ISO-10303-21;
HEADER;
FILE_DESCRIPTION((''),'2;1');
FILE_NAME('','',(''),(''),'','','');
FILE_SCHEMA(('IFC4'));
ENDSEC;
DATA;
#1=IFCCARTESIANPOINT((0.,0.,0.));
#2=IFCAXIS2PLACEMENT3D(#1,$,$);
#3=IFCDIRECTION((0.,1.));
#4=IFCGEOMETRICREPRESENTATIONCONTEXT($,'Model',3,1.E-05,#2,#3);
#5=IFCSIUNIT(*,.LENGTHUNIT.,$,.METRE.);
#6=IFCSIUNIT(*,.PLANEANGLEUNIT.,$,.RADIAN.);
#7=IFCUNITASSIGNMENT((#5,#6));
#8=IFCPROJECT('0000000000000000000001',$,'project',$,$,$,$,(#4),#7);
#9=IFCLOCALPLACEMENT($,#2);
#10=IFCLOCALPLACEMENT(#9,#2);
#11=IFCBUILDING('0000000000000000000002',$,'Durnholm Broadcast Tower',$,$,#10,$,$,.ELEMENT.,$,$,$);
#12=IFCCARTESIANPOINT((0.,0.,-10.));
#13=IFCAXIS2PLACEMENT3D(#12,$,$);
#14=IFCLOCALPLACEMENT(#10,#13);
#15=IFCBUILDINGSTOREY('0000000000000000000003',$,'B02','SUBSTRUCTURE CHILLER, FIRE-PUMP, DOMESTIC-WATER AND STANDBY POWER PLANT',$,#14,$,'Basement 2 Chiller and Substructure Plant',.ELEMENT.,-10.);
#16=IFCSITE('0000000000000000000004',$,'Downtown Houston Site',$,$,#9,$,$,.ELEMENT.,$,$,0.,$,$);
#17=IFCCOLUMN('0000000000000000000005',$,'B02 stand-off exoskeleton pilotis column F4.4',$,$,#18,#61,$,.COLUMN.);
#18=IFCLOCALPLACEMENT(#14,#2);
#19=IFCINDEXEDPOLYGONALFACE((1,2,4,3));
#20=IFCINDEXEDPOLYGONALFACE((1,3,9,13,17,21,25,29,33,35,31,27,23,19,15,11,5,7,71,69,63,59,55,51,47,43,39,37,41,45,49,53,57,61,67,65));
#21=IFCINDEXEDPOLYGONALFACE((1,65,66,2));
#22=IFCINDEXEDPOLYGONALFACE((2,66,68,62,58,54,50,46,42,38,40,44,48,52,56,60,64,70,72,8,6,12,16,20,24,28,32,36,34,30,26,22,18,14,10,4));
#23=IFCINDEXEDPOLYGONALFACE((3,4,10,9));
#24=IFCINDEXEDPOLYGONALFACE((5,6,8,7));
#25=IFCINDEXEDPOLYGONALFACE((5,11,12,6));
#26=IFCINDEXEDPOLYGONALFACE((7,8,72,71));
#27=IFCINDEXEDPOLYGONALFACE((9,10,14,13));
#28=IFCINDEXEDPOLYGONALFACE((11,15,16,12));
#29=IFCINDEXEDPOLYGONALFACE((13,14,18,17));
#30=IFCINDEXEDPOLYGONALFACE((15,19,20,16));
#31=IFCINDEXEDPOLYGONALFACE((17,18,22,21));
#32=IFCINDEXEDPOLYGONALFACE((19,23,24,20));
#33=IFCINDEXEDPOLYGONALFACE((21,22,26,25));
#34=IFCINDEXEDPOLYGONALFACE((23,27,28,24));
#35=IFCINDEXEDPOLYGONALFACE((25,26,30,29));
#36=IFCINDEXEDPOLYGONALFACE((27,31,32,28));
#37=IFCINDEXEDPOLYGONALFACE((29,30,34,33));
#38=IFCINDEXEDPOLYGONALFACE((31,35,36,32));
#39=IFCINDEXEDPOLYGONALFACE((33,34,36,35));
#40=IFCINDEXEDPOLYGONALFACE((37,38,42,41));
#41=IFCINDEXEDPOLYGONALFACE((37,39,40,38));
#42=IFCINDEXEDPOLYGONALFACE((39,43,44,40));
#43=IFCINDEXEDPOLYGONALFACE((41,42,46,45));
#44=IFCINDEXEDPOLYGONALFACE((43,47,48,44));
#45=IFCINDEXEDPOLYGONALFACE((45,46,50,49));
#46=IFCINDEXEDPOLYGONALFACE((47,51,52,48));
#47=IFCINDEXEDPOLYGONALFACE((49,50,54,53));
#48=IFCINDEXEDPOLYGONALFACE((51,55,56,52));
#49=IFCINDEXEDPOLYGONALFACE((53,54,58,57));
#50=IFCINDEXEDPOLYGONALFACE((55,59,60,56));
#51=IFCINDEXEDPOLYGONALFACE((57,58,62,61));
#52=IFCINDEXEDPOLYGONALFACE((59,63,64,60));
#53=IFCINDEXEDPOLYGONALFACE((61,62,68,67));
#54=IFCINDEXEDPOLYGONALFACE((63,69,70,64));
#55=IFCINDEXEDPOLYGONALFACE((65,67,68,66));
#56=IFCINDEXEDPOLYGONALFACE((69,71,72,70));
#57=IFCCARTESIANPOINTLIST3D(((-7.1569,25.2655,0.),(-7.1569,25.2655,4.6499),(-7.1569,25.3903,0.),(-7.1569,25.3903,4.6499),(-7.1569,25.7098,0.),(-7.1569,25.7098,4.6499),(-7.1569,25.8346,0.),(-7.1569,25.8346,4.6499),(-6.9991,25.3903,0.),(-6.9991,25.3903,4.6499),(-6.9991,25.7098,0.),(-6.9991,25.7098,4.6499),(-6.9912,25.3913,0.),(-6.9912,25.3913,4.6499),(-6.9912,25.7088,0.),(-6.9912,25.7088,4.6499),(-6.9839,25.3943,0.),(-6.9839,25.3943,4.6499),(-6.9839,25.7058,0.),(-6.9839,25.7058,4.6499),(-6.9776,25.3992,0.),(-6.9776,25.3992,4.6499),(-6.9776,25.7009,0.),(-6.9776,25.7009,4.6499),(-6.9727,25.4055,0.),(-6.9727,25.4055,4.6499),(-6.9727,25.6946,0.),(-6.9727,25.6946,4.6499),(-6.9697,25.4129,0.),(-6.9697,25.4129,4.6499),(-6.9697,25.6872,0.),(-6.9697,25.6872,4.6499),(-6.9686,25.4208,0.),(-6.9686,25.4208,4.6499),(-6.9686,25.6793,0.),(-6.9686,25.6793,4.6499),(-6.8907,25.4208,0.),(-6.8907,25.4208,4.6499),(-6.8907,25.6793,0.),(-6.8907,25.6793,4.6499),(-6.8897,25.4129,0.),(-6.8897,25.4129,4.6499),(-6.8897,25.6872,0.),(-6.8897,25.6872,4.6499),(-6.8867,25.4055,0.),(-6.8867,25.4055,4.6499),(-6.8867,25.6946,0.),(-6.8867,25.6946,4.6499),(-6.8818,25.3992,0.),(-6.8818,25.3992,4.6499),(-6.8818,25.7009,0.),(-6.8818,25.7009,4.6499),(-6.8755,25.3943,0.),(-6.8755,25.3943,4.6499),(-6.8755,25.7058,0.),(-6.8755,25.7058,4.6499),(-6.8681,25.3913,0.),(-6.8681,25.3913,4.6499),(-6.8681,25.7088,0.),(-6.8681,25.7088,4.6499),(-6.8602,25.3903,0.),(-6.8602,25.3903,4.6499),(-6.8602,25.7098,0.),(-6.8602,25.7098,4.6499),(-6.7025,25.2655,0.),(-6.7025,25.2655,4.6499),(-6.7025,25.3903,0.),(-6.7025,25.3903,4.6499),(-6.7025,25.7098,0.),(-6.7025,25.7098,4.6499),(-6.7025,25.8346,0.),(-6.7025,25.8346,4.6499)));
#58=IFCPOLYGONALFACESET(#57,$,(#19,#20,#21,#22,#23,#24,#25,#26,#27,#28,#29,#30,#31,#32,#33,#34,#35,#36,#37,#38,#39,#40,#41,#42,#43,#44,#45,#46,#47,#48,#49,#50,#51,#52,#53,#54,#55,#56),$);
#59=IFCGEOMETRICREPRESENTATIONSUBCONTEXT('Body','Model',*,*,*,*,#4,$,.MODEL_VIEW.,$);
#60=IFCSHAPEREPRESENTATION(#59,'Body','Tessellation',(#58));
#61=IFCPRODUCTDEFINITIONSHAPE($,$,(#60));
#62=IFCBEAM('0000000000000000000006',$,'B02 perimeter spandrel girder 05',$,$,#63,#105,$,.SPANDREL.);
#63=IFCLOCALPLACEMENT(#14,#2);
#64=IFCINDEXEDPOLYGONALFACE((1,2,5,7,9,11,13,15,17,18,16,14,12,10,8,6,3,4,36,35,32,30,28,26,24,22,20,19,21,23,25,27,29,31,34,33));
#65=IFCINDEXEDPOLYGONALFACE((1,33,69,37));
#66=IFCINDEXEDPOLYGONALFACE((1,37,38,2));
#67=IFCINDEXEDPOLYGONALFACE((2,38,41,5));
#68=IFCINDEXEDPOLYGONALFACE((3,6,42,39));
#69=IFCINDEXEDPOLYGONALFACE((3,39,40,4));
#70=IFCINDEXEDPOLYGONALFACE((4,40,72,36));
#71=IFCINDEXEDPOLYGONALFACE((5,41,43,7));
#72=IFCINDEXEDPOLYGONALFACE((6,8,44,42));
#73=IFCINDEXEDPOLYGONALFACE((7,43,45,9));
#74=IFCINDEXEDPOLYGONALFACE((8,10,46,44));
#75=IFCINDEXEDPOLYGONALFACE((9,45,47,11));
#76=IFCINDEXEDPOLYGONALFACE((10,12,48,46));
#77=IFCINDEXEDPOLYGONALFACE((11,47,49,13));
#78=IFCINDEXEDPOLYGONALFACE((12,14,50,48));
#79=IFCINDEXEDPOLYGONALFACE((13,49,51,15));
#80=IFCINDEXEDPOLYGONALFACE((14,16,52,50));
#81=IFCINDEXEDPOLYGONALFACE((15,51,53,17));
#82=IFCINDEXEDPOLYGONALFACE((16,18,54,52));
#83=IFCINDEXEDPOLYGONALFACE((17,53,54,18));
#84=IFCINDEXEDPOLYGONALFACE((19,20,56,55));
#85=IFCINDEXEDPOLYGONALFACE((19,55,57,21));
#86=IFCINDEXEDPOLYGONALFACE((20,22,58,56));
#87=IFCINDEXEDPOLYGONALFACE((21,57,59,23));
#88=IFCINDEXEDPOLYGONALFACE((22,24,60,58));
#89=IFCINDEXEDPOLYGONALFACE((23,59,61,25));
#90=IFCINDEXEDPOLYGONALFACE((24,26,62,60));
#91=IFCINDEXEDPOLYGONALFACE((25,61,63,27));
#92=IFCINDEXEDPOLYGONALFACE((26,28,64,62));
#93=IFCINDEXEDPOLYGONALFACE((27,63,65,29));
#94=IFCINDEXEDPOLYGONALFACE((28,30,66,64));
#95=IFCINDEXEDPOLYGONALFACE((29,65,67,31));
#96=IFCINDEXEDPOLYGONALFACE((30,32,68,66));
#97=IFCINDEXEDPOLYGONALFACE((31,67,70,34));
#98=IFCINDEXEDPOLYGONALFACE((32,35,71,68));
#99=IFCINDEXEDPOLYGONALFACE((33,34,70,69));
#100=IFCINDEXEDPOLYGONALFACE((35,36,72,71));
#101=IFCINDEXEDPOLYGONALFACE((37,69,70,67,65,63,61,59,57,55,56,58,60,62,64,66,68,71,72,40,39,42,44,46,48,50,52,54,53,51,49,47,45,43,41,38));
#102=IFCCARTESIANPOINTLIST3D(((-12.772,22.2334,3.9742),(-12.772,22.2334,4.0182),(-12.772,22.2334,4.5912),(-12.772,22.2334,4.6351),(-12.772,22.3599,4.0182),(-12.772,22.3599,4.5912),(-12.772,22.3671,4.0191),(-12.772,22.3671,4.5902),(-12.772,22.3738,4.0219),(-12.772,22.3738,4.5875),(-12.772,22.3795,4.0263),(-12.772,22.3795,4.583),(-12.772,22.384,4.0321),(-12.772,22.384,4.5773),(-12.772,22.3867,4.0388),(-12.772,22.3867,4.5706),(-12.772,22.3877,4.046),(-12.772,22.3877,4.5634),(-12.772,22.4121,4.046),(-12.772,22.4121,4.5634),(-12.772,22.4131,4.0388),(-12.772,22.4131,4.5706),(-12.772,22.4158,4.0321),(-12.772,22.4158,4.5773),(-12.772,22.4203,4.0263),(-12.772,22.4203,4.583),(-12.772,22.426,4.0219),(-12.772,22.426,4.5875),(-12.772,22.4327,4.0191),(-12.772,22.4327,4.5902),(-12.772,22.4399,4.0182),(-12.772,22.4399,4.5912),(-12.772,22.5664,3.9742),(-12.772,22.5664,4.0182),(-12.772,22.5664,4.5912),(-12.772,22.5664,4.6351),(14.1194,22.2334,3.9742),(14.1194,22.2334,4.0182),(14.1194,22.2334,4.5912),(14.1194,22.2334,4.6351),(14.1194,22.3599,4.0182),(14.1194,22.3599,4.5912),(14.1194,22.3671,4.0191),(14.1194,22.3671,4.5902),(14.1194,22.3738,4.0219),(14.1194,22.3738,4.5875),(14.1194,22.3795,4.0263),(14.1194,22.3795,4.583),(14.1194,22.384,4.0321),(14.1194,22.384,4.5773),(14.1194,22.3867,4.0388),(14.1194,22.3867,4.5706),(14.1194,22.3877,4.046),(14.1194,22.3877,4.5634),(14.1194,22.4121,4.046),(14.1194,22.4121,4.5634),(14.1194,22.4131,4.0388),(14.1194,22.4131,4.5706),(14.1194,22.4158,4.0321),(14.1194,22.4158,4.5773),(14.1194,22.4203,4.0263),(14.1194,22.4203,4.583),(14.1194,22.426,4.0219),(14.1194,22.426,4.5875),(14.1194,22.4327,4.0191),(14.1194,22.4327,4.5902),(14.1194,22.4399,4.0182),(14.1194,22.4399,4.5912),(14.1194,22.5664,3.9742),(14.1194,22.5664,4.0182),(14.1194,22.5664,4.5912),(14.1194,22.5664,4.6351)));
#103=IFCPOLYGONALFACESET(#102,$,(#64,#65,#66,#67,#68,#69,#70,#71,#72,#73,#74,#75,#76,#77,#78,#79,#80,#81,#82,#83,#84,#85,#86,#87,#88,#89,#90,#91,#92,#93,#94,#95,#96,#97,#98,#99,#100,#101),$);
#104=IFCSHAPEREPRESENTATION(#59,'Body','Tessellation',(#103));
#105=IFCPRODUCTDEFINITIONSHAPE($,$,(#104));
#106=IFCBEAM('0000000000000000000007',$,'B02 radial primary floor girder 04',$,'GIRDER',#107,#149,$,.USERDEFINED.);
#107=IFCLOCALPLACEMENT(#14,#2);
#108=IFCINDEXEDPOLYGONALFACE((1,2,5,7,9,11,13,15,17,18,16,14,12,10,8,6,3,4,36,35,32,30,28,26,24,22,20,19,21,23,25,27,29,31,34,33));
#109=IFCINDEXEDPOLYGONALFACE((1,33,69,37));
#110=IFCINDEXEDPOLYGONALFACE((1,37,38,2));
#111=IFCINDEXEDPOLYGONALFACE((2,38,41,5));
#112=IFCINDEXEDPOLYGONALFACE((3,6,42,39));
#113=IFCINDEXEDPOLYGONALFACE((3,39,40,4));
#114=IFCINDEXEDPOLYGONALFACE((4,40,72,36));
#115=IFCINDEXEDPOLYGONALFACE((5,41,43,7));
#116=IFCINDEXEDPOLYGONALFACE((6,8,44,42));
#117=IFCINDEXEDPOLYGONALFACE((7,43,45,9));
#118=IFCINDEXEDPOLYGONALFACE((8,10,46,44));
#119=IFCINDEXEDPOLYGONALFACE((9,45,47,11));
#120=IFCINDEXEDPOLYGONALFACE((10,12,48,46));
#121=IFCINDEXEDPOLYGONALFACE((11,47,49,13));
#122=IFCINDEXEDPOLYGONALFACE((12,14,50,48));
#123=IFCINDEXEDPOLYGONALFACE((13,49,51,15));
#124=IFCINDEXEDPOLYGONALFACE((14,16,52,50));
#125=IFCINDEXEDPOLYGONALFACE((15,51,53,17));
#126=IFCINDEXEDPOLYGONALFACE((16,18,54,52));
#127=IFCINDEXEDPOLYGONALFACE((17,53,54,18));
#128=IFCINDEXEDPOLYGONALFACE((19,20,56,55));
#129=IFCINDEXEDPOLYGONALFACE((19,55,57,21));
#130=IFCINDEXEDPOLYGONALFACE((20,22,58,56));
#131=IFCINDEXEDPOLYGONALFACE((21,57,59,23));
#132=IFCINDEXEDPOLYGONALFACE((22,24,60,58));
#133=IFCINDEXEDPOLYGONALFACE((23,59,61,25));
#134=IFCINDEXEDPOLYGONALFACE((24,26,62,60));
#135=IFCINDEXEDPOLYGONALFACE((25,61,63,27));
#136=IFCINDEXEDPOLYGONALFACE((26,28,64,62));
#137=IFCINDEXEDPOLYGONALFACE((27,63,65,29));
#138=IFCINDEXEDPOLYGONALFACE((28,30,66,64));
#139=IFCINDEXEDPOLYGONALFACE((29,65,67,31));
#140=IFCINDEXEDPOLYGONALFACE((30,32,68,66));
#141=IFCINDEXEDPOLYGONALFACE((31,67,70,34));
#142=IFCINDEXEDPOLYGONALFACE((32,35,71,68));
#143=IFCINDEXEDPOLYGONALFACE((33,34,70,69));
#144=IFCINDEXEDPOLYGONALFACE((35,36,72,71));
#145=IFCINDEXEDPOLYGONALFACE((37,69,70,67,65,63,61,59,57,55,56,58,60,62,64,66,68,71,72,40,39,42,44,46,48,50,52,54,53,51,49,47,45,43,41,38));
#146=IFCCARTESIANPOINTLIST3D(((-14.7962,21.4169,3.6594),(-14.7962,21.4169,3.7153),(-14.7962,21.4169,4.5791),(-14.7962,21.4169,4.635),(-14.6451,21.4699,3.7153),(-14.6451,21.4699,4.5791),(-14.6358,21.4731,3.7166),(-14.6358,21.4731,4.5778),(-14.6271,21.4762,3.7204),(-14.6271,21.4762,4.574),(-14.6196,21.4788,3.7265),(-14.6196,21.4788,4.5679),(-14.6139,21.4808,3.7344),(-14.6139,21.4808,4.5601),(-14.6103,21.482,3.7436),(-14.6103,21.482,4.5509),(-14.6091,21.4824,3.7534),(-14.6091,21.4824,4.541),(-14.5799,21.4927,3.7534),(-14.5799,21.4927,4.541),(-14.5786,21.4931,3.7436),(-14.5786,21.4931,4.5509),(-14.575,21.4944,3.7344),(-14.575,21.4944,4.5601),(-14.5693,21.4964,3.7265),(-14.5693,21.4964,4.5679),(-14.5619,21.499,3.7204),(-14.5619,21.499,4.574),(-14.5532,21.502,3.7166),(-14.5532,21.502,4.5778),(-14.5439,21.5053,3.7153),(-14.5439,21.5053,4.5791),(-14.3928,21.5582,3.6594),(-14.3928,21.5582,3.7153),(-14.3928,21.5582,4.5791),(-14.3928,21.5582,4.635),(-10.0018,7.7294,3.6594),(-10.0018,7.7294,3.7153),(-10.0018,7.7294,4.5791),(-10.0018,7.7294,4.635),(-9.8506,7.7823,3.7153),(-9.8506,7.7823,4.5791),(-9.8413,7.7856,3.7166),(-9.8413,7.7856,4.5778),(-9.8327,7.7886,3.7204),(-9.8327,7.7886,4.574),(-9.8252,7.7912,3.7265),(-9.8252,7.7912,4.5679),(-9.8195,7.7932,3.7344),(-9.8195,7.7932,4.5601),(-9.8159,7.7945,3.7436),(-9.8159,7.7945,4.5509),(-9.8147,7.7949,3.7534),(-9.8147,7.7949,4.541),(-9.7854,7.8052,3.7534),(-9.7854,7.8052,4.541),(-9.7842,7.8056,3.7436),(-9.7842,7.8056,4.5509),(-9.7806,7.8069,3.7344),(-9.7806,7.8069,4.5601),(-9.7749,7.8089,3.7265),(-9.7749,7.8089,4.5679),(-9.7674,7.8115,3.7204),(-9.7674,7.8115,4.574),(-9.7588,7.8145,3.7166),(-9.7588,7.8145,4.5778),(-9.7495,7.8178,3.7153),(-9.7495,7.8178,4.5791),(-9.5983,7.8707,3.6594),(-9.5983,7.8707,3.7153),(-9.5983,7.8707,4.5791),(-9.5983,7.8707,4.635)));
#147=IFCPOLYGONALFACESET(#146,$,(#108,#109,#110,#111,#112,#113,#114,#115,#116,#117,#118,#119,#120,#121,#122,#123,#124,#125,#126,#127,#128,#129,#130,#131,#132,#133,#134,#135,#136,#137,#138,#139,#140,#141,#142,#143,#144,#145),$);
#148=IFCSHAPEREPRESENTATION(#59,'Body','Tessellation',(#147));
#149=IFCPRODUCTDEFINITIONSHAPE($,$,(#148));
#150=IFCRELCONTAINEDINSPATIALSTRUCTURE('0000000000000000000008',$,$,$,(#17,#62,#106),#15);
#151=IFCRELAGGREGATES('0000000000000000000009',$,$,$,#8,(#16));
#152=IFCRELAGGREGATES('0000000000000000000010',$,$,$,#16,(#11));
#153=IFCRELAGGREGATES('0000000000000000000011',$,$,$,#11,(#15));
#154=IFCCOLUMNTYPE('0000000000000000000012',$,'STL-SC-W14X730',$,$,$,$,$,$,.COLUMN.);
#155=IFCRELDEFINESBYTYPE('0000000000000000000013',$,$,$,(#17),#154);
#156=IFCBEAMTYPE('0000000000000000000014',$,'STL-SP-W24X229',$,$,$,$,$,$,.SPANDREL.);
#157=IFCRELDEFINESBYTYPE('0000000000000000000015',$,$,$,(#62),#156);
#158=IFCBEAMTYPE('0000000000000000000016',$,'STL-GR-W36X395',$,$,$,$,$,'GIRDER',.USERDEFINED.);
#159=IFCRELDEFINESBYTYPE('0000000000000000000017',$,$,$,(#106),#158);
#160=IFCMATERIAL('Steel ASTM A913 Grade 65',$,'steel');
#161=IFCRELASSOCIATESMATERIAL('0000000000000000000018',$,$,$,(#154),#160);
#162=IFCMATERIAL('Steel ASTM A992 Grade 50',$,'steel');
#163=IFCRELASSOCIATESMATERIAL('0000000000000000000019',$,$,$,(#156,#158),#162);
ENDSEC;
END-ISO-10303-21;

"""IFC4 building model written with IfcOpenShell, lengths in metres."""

from ifc_helpers import new_model, si_unit, direction, frame, origin, origin_2d, place, context, subcontext, project, spatial, i_section, extrude, source, transform, mapped, material, material_profile, profile_set, type_object, type_shapes, element, save


model = new_model("IFC4")

# Units and contexts
model_context = context("Model", 3, precision=1e-05, world=origin(), true_north=direction((0.0, 1.0)))
body_context = subcontext(model_context, "Body", "Model", "MODEL_VIEW")
ifc_project = project(units=[si_unit("LENGTHUNIT", "METRE"), si_unit("PLANEANGLEUNIT", "RADIAN")], contexts=[model_context])

# Site, building, storey
site_placement = place(None, origin())
site = spatial("IfcSite", under=ifc_project, at=site_placement, Name="Downtown Houston Site", CompositionType="ELEMENT", RefElevation=0.0)
building_placement = place(site_placement, origin())
building = spatial("IfcBuilding", under=site, at=building_placement, Name="Durnholm Broadcast Tower", CompositionType="ELEMENT")
storey_placement = place(building_placement, frame((0.0, 0.0, -10.0)))
storey = spatial("IfcBuildingStorey", under=building, at=storey_placement, Name="B02", Description="SUBSTRUCTURE CHILLER, FIRE-PUMP, DOMESTIC-WATER AND STANDBY POWER PLANT", LongName="Basement 2 Chiller and Substructure Plant", CompositionType="ELEMENT", Elevation=-10.0)

# Column
ifc_material_1 = material(Name="Steel ASTM A913 Grade 65", Category="steel")
ifc_material_profile_1 = material_profile(ifc_material_1, i_section(OverallWidth=0.4543, OverallDepth=0.5691, WebThickness=0.0779, FlangeThickness=0.1248, FilletRadius=0.0305, at=origin_2d()), Name="W14X730")
ifc_profile_set_1 = profile_set([ifc_material_profile_1], Name="Steel ASTM A913 Grade 65")
column_type_1 = type_object("IfcColumnType", Name="STL-SC-W14X730", PredefinedType="COLUMN", material=ifc_profile_set_1)
shared_shape_1 = source(origin(), body_context, "Body", "SweptSolid", [
    extrude(i_section(OverallWidth=0.4543, OverallDepth=0.5691, WebThickness=0.0779, FlangeThickness=0.1248, FilletRadius=0.0305, at=origin_2d()), origin(), (0.0, 0.0, 1.0), 4.6499),
])
type_shapes(column_type_1, [shared_shape_1])
for number, where, z_axis, x_axis, name in (
    (1, (-6.9297, 25.55, 0.0), (0.0, 0.0, 1.0), (1.0, 0.0, 0.0), "B02 stand-off exoskeleton pilotis column F4.4"),
):
    element("IfcColumn", number, at=place(storey_placement, frame(where, z_axis=z_axis, x_axis=x_axis)), inside=storey, type_object=column_type_1, Name=name, PredefinedType="COLUMN", context=body_context, shape_type="MappedRepresentation", body=[
        mapped(shared_shape_1, transform((0.0, 0.0, 0.0), x_axis=(1.0, 0.0, 0.0), y_axis=(0.0, 1.0, 0.0), z_axis=(0.0, 0.0, 1.0), scale=1.0)),
    ])

# Beams
ifc_material_2 = material(Name="Steel ASTM A992 Grade 50", Category="steel")
ifc_material_profile_2 = material_profile(ifc_material_2, i_section(OverallWidth=0.333, OverallDepth=0.6609, WebThickness=0.0244, FlangeThickness=0.0439, FilletRadius=0.0278, at=origin_2d()), Name="W24X229")
ifc_profile_set_2 = profile_set([ifc_material_profile_2], Name="Steel ASTM A992 Grade 50")
beam_type_1 = type_object("IfcBeamType", Name="STL-SP-W24X229", PredefinedType="SPANDREL", material=ifc_profile_set_2)
shared_shape_2 = source(origin(), body_context, "Body", "SweptSolid", [
    extrude(i_section(OverallWidth=0.333, OverallDepth=0.6609, WebThickness=0.0244, FlangeThickness=0.0439, FilletRadius=0.0278, at=origin_2d()), origin(), (0.0, 0.0, 1.0), 26.8914),
])
type_shapes(beam_type_1, [shared_shape_2])
beam_1_placement = place(storey_placement, frame((-12.772, 22.3999, 4.3047), z_axis=(1.0, 0.0, 0.0), x_axis=(0.0, 1.0, 0.0)))
element("IfcBeam", 2, at=beam_1_placement, inside=storey, type_object=beam_type_1, Name="B02 perimeter spandrel girder 05", PredefinedType="SPANDREL", context=body_context, shape_type="MappedRepresentation", body=[
    mapped(shared_shape_2, transform((0.0, 0.0, 0.0), x_axis=(1.0, 0.0, 0.0), y_axis=(0.0, 1.0, 0.0), z_axis=(0.0, 0.0, 1.0), scale=1.0)),
])
ifc_material_profile_3 = material_profile(ifc_material_2, i_section(OverallWidth=0.4275, OverallDepth=0.9756, WebThickness=0.031, FlangeThickness=0.0559, FilletRadius=0.0381, at=origin_2d()), Name="W36X395")
ifc_profile_set_3 = profile_set([ifc_material_profile_3], Name="Steel ASTM A992 Grade 50")
beam_type_2 = type_object("IfcBeamType", Name="STL-GR-W36X395", ElementType="GIRDER", PredefinedType="USERDEFINED", material=ifc_profile_set_3)
shared_shape_3 = source(origin(), body_context, "Body", "SweptSolid", [
    extrude(i_section(OverallWidth=0.4275, OverallDepth=0.9756, WebThickness=0.031, FlangeThickness=0.0559, FilletRadius=0.0381, at=origin_2d()), origin(), (0.0, 0.0, 1.0), 14.5029),
])
beam_2_placement = place(storey_placement, frame((-9.8, 7.8, 4.1472), z_axis=(-0.330584, 0.943776, 0.0), x_axis=(-0.943776, -0.330584, 0.0)))
element("IfcBeam", 3, at=beam_2_placement, inside=storey, type_object=beam_type_2, Name="B02 radial primary floor girder 04", ObjectType="GIRDER", PredefinedType="USERDEFINED", context=body_context, shape_type="MappedRepresentation", body=[
    mapped(shared_shape_3, transform((0.0, 0.0, 0.0), x_axis=(1.0, 0.0, 0.0), y_axis=(0.0, 1.0, 0.0), z_axis=(0.0, 0.0, 1.0), scale=1.0)),
])

save(model, "model.ifc")
